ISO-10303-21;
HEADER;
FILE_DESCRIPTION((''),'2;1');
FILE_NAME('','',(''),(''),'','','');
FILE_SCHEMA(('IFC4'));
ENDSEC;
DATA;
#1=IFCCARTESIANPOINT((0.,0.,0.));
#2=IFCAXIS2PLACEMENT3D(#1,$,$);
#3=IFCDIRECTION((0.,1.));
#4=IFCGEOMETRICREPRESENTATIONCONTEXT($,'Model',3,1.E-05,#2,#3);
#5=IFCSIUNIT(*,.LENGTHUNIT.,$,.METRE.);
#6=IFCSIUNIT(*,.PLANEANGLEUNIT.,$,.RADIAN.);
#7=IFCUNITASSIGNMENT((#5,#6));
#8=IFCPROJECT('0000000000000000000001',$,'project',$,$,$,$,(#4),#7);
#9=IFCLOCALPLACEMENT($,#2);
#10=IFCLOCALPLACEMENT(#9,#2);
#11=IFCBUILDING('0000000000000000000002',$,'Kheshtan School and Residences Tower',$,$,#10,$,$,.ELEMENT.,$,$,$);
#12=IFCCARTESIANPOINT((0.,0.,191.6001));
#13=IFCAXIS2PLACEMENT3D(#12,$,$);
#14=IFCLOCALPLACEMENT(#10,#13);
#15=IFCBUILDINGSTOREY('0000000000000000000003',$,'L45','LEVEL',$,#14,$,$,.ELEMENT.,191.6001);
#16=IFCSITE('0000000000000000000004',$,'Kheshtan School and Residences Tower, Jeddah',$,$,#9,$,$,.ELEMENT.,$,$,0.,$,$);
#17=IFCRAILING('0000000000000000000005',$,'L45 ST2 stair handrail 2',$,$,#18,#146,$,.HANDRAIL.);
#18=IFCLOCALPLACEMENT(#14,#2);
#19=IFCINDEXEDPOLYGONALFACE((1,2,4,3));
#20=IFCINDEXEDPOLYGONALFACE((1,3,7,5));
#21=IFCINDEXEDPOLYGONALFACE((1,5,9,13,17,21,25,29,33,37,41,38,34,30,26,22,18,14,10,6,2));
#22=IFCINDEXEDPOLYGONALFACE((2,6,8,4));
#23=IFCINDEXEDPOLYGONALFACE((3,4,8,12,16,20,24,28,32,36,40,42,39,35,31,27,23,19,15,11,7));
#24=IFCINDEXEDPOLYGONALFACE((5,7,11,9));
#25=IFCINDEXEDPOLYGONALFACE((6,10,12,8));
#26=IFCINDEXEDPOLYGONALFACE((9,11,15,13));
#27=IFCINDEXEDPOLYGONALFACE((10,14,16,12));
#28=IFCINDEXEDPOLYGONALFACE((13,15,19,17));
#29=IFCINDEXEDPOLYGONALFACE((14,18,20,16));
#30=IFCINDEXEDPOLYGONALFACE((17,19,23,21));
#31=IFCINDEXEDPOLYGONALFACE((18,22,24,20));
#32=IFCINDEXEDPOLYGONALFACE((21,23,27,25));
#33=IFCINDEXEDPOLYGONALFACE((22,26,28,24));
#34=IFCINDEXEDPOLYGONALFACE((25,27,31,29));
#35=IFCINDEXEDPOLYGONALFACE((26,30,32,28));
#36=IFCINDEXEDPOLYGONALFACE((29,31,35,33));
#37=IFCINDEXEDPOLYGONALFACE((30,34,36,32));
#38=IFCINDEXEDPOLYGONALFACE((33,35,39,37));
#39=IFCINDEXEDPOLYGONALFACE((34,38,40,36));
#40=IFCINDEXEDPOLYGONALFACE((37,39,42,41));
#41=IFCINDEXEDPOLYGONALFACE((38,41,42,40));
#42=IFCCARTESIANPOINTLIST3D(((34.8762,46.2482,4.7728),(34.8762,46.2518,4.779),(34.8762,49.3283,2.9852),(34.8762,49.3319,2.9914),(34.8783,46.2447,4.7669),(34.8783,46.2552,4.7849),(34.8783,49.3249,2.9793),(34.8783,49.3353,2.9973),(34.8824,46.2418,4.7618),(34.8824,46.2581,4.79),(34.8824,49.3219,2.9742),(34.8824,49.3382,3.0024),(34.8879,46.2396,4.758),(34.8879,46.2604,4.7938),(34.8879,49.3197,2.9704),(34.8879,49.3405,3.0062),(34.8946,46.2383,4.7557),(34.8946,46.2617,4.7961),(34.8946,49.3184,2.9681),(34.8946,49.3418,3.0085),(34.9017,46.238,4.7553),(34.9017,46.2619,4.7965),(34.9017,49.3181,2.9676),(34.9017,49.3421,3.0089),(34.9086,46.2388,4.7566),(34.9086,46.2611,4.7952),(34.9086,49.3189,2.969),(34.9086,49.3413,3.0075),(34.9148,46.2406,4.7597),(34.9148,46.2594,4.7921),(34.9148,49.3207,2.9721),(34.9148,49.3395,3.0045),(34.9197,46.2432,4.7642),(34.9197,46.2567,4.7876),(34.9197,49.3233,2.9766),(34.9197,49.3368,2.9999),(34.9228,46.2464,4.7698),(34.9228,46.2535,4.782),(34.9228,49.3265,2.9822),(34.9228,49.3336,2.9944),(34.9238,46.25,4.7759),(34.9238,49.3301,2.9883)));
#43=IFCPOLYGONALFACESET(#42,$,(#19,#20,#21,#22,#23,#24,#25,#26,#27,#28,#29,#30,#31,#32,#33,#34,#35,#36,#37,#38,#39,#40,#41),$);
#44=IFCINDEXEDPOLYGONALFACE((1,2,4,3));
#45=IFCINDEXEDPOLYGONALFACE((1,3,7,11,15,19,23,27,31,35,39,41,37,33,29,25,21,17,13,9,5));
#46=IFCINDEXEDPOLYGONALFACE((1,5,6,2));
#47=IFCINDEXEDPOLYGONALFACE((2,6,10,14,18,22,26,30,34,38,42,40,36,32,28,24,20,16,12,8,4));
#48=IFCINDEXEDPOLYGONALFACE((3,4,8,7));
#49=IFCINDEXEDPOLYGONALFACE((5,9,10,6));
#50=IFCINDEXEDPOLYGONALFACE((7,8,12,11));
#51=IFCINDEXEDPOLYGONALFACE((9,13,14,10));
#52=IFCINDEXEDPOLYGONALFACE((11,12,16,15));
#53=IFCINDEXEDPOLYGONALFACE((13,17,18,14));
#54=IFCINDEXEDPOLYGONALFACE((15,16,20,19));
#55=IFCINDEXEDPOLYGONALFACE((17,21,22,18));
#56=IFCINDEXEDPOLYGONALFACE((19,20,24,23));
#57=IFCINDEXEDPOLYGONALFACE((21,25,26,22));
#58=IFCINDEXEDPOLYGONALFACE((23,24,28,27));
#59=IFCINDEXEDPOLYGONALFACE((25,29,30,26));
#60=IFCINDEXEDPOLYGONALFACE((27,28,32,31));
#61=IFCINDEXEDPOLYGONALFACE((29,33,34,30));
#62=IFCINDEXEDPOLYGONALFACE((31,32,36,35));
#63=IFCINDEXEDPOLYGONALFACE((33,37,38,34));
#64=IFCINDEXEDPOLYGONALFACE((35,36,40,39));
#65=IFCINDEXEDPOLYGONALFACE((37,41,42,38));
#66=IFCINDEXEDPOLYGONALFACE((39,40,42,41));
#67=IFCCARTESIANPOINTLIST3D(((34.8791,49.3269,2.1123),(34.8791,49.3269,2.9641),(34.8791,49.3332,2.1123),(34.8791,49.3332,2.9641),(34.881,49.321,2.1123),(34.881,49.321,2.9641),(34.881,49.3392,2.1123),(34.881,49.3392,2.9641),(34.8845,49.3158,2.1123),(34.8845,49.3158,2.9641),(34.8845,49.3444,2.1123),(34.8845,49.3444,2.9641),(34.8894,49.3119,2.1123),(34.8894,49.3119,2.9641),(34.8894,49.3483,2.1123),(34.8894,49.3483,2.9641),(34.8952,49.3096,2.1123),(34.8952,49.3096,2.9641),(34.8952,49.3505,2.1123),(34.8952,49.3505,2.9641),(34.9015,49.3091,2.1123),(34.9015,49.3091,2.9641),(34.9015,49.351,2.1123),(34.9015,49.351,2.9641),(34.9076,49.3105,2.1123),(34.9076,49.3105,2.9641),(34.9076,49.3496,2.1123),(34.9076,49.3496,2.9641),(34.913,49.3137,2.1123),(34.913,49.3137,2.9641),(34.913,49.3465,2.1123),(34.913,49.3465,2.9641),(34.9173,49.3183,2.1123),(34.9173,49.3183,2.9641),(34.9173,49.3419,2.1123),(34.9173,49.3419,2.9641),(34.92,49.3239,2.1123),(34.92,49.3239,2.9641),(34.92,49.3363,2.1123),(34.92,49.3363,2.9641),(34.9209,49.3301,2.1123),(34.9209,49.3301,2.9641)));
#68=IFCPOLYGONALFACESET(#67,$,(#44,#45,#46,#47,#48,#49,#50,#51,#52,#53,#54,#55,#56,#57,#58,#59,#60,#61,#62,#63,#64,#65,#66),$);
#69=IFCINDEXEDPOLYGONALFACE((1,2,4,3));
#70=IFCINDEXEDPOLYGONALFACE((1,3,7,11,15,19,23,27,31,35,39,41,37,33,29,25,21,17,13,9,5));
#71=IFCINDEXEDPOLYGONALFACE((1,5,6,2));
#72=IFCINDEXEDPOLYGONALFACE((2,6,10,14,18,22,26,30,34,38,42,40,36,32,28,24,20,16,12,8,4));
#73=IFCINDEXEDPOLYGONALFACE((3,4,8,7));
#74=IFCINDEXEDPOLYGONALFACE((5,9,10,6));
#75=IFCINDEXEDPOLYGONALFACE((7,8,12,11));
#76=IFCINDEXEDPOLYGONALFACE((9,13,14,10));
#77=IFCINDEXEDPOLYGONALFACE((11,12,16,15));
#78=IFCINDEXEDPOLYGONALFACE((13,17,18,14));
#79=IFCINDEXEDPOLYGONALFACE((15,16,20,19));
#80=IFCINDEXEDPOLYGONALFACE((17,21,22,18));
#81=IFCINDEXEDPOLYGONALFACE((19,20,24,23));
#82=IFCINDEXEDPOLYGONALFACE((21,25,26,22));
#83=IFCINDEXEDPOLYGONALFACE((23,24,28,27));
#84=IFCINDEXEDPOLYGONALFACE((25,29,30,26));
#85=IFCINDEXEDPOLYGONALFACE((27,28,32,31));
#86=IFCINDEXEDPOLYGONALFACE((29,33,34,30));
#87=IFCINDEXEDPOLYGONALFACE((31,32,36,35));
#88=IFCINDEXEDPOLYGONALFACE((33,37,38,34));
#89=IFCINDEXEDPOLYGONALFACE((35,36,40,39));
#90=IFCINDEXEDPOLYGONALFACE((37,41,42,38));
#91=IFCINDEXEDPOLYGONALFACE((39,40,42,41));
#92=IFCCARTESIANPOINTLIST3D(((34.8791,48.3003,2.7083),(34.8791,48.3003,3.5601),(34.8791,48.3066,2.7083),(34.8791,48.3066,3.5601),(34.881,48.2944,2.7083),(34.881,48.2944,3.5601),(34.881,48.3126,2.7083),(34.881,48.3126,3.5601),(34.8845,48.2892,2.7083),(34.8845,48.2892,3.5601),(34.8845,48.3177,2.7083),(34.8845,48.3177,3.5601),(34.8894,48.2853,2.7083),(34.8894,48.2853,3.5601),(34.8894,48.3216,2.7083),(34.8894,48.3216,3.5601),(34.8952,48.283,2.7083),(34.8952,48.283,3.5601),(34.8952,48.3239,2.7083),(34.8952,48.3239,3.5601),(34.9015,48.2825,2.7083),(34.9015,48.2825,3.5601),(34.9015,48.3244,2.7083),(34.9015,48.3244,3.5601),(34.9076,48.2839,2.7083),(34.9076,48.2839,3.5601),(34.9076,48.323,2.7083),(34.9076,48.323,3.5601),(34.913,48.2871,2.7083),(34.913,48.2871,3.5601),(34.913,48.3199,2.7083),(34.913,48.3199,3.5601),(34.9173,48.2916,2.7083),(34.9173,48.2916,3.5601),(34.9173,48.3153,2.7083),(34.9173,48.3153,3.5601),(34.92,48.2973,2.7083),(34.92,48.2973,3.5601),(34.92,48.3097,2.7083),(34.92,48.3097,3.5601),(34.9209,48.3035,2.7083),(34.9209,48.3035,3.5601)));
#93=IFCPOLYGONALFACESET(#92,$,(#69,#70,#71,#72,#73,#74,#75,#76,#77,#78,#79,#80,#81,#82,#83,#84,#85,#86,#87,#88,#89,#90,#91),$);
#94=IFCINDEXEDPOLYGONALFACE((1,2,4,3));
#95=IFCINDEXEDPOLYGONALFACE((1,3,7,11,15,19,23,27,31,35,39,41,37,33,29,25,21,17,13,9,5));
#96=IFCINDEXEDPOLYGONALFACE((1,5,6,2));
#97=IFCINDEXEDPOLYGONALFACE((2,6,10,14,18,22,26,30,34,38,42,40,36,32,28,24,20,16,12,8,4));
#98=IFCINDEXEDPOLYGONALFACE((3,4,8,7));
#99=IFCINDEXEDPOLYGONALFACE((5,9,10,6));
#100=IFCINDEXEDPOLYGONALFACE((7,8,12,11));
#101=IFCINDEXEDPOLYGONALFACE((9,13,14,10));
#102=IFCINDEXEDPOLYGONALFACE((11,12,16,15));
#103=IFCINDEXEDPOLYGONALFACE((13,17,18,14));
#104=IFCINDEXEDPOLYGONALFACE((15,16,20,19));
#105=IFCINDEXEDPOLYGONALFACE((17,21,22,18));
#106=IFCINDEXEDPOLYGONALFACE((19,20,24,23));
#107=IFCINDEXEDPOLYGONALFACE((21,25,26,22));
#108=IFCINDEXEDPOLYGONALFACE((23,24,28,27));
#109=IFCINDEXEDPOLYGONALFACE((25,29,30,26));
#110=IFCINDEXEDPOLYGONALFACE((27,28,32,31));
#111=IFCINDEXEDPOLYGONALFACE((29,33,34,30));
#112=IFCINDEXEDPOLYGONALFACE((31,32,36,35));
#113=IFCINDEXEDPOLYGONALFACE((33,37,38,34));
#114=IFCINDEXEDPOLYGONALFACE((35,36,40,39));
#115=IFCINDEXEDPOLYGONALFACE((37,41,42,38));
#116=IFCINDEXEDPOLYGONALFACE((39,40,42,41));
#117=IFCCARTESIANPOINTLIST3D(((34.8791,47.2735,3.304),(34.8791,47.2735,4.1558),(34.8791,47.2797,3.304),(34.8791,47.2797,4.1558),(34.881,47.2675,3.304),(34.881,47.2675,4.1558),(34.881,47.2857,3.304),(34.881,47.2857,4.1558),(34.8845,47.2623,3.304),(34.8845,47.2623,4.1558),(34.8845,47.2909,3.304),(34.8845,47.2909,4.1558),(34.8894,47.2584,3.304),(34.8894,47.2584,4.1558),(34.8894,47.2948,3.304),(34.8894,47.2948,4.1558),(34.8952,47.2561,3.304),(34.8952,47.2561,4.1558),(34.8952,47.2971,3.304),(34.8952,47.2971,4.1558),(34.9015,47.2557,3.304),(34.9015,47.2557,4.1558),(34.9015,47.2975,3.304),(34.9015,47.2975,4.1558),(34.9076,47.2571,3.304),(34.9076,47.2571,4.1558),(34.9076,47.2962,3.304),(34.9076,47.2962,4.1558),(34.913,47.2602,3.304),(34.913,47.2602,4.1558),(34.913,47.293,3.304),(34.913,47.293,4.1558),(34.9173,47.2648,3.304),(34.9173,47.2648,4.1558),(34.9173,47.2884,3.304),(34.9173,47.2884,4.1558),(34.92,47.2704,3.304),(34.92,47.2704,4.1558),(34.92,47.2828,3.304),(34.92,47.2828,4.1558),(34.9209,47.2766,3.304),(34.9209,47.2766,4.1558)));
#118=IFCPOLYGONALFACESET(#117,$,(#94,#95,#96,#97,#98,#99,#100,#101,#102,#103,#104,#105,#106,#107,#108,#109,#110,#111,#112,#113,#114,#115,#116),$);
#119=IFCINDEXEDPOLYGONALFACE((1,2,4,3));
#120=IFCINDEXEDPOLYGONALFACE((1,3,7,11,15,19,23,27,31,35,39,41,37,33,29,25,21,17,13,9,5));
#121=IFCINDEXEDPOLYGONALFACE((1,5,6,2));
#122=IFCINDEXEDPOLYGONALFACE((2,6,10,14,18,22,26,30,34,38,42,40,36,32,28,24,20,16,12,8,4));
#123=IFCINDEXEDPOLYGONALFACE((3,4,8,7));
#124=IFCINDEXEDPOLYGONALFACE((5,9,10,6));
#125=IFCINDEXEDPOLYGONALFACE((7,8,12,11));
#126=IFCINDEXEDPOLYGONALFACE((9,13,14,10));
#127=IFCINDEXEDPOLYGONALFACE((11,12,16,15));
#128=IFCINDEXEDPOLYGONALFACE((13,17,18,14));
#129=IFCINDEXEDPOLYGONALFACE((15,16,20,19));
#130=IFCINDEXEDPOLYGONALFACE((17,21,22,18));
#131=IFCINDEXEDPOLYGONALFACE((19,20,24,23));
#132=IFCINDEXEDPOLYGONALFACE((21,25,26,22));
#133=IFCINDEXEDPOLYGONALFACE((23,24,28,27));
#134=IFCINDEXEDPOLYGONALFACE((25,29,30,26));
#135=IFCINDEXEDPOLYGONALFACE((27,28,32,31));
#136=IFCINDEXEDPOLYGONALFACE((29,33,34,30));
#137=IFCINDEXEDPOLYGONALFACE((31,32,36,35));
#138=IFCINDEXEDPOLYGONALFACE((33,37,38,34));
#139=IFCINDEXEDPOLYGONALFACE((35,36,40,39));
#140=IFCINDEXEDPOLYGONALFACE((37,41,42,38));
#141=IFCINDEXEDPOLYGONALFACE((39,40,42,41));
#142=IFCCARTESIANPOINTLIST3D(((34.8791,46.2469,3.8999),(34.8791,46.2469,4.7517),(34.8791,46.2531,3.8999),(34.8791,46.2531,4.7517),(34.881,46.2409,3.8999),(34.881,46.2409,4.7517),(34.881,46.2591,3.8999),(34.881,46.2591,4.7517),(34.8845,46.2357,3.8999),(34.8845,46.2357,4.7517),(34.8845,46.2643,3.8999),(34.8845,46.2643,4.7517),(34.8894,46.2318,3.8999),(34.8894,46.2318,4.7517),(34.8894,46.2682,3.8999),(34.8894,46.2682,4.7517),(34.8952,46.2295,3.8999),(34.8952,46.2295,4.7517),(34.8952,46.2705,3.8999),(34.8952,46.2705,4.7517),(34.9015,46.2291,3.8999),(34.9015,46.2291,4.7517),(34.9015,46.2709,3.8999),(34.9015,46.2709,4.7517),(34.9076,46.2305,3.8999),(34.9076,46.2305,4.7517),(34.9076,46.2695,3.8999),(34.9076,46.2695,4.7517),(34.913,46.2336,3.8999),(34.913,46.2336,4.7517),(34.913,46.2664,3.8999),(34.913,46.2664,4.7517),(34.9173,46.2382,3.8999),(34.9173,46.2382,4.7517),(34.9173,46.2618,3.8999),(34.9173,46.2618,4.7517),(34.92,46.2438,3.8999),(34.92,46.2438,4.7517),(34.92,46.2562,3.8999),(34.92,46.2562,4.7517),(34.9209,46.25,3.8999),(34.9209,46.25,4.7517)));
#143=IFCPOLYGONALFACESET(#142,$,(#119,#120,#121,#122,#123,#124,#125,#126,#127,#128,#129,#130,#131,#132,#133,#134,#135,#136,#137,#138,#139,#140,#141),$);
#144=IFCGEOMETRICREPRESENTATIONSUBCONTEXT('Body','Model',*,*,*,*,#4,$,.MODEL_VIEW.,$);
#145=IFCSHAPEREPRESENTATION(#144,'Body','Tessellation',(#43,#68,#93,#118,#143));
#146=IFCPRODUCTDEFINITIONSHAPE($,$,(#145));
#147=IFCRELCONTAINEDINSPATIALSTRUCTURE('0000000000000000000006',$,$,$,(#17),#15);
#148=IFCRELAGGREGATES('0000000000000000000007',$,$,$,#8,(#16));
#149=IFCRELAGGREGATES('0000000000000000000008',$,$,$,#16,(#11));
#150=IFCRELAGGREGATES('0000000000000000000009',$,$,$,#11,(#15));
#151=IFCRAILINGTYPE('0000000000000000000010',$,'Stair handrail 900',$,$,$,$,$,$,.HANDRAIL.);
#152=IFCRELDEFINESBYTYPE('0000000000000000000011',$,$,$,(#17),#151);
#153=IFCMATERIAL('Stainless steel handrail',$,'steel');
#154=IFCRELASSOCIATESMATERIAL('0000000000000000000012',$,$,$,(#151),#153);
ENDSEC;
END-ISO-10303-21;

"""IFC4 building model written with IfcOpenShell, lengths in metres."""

from ifc_helpers import new_model, si_unit, direction, frame, origin, origin_2d, place, context, subcontext, project, spatial, circle, extrude, material, type_object, element, save


model = new_model("IFC4")

# Units and contexts
model_context = context("Model", 3, precision=1e-05, world=origin(), true_north=direction((0.0, 1.0)))
body_context = subcontext(model_context, "Body", "Model", "MODEL_VIEW")
ifc_project = project(units=[si_unit("LENGTHUNIT", "METRE"), si_unit("PLANEANGLEUNIT", "RADIAN")], contexts=[model_context])

# Site, building, storey
site_placement = place(None, origin())
site = spatial("IfcSite", under=ifc_project, at=site_placement, Name="Kheshtan School and Residences Tower, Jeddah", CompositionType="ELEMENT", RefElevation=0.0)
building_placement = place(site_placement, origin())
building = spatial("IfcBuilding", under=site, at=building_placement, Name="Kheshtan School and Residences Tower", CompositionType="ELEMENT")
storey_placement = place(building_placement, frame((0.0, 0.0, 191.6001)))
storey = spatial("IfcBuildingStorey", under=building, at=storey_placement, Name="L45", Description="LEVEL", CompositionType="ELEMENT", Elevation=191.6001)

# Railing
ifc_material_1 = material(Name="Stainless steel handrail", Category="steel")
railing_type_1 = type_object("IfcRailingType", Name="Stair handrail 900", PredefinedType="HANDRAIL", material=ifc_material_1)
railing_1_placement = place(storey_placement, frame((34.8999, 49.3301, 2.1123)))
element("IfcRailing", 1, at=railing_1_placement, inside=storey, type_object=railing_type_1, Name="L45 ST2 stair handrail 2", PredefinedType="HANDRAIL", context=body_context, shape_type="SweptSolid", body=[
    extrude(circle(Radius=0.0239, at=origin_2d()), frame((0.0, 0.0, 0.876), z_axis=(0.0, -0.864891, 0.50196), x_axis=(1.0, 0.0, 0.0)), (0.0, 0.0, 1.0), 3.5613),
    extrude(circle(Radius=0.021, at=origin_2d()), origin(), (0.0, 0.0, 1.0), 0.8518),
    extrude(circle(Radius=0.021, at=origin_2d()), frame((0.0, -1.0266, 0.5959)), (0.0, 0.0, 1.0), 0.8518),
    extrude(circle(Radius=0.021, at=origin_2d()), frame((0.0, -2.0535, 1.1917)), (0.0, 0.0, 1.0), 0.8518),
    extrude(circle(Radius=0.021, at=origin_2d()), frame((0.0, -3.0801, 1.7876)), (0.0, 0.0, 1.0), 0.8518),
])

save(model, "model.ifc")
